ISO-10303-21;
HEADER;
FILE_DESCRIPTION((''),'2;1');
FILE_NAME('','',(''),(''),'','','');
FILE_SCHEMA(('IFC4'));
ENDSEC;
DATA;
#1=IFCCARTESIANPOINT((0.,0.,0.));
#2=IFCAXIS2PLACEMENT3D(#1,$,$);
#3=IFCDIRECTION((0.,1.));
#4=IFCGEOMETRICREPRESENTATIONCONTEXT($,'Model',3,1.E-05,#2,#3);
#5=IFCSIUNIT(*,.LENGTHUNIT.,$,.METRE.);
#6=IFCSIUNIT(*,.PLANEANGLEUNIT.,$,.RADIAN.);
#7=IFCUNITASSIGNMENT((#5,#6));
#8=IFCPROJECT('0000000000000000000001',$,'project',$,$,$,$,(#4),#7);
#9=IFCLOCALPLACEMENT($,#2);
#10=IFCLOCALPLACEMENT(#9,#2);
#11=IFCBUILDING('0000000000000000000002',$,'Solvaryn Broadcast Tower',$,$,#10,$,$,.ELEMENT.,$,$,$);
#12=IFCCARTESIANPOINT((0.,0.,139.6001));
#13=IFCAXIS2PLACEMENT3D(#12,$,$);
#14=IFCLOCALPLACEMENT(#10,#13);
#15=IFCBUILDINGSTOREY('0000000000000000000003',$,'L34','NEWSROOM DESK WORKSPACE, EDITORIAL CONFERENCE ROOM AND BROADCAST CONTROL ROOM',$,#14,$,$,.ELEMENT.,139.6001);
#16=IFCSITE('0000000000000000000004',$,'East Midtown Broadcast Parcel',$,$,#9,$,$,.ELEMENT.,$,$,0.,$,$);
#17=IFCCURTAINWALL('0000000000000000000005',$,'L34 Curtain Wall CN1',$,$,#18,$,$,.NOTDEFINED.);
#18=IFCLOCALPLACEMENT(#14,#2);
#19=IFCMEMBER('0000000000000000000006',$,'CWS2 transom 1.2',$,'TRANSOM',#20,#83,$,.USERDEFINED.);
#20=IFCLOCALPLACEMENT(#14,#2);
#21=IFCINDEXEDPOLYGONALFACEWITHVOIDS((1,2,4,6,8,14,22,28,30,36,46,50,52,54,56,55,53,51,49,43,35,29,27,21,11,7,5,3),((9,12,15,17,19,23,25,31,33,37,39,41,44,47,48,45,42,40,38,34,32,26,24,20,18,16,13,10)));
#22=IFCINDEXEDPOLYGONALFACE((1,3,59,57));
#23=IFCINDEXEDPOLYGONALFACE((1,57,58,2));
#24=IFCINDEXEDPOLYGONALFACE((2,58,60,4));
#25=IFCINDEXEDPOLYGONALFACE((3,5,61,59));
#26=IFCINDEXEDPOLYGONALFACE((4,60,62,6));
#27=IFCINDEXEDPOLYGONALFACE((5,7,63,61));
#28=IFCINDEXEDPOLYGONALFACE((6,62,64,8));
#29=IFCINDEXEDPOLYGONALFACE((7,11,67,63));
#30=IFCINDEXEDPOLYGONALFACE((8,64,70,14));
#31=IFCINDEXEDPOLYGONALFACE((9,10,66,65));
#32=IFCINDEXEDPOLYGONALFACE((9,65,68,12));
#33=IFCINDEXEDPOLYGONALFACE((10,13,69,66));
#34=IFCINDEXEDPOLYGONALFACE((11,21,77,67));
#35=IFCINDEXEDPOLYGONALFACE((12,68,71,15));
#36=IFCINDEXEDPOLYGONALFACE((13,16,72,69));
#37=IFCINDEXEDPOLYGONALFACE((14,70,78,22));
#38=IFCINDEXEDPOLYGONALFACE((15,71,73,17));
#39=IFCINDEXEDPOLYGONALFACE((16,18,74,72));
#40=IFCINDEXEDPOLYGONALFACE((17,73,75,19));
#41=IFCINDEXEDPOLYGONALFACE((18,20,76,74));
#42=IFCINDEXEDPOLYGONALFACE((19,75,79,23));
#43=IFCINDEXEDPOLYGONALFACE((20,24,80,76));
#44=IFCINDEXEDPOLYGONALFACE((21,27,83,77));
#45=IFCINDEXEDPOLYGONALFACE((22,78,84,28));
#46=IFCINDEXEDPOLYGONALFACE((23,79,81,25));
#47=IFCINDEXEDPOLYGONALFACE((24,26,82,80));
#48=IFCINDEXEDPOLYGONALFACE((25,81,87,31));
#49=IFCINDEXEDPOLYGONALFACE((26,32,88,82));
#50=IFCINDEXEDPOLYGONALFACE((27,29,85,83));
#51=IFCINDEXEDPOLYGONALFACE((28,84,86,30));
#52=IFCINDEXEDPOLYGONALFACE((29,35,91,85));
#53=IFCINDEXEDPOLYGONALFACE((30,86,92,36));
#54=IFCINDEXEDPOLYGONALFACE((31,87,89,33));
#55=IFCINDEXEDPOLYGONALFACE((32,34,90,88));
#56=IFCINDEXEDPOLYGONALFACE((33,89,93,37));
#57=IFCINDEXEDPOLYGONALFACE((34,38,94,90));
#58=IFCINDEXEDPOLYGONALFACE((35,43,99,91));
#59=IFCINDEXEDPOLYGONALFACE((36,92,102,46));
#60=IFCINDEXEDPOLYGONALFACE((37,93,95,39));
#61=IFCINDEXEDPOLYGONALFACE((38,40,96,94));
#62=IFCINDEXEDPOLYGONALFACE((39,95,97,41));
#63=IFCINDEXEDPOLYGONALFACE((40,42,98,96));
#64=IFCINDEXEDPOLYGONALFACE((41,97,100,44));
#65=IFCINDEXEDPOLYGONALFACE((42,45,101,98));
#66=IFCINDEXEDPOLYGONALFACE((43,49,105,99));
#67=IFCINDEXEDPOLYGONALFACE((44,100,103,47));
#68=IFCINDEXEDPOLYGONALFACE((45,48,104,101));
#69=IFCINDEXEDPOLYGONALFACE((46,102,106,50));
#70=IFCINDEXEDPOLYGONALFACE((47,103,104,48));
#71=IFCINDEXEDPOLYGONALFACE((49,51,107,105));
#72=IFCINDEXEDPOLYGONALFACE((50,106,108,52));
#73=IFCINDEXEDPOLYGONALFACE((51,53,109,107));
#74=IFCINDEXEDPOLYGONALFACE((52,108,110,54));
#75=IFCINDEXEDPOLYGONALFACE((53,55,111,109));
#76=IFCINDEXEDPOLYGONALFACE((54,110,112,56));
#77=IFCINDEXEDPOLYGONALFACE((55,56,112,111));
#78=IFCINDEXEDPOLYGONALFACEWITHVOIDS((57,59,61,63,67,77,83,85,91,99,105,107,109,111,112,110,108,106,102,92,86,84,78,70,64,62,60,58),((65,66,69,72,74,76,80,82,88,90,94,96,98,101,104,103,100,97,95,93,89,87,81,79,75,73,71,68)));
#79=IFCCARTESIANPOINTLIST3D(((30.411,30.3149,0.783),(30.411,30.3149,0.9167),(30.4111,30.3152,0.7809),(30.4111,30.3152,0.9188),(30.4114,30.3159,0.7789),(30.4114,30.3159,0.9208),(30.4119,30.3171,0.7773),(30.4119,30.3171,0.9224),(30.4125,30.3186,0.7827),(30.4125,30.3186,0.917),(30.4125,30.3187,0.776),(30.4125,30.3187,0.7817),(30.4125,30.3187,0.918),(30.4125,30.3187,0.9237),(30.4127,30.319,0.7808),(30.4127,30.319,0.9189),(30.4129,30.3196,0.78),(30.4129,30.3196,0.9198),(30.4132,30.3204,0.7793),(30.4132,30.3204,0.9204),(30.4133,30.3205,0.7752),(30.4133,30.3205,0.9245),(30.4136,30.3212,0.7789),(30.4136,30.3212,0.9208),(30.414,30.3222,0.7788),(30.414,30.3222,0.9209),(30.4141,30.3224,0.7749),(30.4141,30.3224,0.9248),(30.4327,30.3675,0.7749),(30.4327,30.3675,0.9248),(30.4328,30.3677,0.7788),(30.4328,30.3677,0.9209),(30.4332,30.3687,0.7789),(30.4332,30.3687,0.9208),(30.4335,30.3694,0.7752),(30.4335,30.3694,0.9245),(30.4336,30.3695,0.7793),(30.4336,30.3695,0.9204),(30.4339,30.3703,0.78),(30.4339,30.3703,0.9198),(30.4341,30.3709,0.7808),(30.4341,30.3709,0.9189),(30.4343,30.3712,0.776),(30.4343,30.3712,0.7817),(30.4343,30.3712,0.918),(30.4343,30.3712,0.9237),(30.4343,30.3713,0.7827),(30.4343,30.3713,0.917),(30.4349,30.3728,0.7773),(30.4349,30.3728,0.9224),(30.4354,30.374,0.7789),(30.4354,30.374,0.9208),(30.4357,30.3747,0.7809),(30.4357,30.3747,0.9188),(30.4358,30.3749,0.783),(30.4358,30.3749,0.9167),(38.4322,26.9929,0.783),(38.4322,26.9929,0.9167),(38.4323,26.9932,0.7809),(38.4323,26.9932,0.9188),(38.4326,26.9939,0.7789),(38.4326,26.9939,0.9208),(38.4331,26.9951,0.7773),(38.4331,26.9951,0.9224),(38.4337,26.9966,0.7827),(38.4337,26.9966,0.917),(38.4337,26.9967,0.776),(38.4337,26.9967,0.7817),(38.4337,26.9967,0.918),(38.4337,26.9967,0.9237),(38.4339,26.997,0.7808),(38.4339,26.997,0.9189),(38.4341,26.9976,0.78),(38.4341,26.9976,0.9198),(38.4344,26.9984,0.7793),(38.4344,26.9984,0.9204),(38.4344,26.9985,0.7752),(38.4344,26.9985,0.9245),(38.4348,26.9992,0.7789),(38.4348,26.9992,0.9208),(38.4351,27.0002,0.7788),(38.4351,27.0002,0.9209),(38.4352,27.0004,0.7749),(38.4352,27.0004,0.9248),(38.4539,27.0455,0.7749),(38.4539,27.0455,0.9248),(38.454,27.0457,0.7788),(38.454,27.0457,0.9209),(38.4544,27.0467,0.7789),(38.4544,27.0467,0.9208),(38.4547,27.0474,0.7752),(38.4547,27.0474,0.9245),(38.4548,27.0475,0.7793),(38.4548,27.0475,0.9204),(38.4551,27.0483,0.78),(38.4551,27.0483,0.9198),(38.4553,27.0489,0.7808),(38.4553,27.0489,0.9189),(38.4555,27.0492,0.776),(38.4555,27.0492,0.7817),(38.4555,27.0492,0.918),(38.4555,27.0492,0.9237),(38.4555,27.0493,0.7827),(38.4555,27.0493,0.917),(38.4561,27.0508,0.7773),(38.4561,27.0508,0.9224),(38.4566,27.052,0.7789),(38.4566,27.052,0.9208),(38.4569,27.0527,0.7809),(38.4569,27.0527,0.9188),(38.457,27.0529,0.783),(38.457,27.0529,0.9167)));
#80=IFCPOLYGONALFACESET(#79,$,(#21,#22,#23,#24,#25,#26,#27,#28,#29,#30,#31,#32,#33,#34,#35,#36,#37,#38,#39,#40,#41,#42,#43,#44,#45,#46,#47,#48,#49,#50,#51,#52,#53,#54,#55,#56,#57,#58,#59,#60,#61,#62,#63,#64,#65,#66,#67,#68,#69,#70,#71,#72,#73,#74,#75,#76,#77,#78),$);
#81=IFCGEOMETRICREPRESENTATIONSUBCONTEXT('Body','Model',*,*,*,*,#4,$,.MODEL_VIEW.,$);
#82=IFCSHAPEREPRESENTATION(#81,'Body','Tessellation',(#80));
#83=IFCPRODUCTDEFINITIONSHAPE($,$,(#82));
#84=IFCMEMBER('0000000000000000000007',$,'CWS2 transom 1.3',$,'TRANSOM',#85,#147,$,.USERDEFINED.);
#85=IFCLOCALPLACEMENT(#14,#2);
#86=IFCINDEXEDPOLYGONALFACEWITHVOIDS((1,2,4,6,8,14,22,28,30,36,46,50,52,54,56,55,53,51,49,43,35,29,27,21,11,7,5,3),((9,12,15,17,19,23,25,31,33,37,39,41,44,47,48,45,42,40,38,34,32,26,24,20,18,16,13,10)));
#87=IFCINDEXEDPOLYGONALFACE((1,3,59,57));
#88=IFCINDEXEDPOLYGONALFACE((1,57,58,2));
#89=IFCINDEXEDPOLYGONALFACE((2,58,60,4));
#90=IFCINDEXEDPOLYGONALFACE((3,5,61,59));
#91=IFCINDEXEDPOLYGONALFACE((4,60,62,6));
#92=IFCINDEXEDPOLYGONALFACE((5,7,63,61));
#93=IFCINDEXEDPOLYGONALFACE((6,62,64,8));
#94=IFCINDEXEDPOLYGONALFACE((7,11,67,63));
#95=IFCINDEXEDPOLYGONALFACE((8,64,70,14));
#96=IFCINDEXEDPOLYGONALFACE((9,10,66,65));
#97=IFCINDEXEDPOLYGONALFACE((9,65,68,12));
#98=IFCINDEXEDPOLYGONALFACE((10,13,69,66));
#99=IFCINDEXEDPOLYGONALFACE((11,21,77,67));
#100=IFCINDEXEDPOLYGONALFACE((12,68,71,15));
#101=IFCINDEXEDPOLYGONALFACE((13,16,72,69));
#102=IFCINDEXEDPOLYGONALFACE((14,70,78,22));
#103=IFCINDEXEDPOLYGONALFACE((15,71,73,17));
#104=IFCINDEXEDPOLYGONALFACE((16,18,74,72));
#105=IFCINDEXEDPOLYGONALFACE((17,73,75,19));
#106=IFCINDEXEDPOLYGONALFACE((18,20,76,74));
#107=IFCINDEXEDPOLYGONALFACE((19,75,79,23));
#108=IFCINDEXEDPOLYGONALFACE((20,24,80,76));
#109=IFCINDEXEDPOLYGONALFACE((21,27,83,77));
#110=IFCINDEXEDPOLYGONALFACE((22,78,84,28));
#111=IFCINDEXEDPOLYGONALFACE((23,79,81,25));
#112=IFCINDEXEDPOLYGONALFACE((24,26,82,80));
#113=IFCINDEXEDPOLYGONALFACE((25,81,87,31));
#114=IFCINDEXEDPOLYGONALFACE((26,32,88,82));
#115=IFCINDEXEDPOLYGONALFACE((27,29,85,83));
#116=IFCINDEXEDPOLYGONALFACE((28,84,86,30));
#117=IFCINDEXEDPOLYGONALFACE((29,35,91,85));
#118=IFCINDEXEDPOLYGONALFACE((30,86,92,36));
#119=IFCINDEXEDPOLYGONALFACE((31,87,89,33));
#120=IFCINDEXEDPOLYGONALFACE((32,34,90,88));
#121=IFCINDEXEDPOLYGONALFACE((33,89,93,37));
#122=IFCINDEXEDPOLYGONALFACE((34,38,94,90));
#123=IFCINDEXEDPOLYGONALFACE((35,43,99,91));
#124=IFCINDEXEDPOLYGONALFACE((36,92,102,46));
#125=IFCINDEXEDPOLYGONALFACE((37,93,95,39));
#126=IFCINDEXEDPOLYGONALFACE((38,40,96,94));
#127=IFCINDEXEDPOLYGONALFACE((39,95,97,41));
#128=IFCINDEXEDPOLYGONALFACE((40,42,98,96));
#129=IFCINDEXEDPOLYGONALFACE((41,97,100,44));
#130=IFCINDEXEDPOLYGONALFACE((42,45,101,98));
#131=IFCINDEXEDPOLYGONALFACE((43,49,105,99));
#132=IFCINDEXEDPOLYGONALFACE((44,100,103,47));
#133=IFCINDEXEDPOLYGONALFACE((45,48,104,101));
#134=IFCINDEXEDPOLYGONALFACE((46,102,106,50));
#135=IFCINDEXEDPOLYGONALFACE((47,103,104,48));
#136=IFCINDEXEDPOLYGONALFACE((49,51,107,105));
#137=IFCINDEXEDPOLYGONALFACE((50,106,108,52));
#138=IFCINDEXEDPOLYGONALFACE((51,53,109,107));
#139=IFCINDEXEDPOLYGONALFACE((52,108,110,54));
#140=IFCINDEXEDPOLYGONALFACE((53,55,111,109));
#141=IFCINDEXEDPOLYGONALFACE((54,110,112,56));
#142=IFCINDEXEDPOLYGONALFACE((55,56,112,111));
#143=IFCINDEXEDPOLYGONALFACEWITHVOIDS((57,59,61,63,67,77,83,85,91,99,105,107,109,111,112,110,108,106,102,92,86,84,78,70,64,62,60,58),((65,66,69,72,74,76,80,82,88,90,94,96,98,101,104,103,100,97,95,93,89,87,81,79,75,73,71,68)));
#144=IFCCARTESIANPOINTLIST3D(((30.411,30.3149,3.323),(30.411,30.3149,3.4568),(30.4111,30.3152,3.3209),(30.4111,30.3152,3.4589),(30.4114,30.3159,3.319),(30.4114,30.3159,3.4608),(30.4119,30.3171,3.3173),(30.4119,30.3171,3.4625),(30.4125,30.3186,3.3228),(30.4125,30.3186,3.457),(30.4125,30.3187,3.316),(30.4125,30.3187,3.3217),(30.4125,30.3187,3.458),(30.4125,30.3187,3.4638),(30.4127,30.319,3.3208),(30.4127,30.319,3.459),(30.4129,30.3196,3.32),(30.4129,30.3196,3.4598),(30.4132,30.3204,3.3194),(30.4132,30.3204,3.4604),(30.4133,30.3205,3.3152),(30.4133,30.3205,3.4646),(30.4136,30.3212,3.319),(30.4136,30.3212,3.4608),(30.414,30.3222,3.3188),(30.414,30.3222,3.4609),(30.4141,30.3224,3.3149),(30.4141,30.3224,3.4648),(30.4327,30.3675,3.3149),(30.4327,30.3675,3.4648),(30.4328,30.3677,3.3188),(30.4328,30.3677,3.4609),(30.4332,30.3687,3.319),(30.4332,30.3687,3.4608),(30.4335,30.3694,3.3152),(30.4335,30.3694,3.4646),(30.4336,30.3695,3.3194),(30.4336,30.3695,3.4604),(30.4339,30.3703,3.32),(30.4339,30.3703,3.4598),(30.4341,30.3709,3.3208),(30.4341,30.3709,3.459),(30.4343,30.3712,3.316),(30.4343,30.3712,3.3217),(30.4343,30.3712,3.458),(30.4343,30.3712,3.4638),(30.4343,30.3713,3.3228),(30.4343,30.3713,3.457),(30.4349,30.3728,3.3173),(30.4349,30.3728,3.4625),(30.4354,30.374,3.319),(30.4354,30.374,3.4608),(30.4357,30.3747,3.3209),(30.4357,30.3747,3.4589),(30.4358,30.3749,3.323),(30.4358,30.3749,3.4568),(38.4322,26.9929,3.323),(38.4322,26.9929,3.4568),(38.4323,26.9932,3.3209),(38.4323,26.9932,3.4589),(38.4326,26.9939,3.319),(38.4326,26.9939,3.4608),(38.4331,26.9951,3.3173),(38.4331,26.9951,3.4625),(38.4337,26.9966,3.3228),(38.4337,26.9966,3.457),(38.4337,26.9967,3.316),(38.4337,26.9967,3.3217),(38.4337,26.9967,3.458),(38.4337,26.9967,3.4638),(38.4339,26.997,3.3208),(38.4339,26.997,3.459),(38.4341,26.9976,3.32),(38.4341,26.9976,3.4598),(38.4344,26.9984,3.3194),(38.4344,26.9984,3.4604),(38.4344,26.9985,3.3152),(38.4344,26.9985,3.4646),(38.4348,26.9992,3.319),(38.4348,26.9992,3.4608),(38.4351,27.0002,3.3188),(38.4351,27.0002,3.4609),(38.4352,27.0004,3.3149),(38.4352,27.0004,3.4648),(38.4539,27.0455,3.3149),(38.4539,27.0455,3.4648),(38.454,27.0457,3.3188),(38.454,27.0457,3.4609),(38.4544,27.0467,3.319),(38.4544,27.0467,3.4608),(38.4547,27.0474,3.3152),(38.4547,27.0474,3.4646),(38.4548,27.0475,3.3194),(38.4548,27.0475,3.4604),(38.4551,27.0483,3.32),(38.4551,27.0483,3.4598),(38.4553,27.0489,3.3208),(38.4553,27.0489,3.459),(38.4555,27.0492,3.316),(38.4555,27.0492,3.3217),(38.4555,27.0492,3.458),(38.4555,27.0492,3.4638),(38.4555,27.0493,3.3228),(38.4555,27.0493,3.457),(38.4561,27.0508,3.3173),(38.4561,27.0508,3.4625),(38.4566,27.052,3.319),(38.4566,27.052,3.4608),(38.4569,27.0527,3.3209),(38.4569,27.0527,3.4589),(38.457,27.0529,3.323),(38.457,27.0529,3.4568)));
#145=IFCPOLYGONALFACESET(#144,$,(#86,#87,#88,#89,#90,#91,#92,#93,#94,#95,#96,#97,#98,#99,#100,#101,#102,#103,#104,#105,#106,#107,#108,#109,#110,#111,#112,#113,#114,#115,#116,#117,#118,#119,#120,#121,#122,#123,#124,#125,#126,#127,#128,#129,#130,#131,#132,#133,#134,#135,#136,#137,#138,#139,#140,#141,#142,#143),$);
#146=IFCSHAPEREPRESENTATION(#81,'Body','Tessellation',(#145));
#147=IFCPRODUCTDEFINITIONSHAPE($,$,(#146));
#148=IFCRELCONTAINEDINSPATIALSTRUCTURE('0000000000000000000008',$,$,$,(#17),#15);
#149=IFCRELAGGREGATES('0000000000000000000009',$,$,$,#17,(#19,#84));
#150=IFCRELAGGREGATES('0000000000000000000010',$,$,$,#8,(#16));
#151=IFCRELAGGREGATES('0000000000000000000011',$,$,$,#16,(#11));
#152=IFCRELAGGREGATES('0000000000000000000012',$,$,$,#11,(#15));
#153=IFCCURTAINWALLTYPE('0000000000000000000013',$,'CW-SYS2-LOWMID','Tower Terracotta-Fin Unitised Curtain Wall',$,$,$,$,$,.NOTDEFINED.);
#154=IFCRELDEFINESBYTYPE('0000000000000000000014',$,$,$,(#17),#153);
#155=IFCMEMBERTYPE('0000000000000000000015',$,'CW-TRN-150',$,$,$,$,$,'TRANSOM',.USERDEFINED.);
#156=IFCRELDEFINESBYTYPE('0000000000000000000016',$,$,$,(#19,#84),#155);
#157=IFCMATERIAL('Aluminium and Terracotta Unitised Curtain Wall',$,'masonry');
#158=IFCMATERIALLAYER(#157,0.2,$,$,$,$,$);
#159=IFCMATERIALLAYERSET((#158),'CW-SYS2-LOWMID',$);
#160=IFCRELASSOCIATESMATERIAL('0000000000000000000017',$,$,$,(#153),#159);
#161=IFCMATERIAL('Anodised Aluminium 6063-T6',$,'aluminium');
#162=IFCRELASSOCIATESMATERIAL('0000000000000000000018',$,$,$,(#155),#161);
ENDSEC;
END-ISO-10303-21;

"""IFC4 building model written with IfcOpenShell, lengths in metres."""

from ifc_helpers import new_model, si_unit, direction, frame, origin, origin_2d, place, context, subcontext, project, spatial, hollow_rectangle, extrude, material, layer, layer_set, material_profile, profile_set, type_object, element, aggregate, save


model = new_model("IFC4")

# Units and contexts
model_context = context("Model", 3, precision=1e-05, world=origin(), true_north=direction((0.0, 1.0)))
body_context = subcontext(model_context, "Body", "Model", "MODEL_VIEW")
ifc_project = project(units=[si_unit("LENGTHUNIT", "METRE"), si_unit("PLANEANGLEUNIT", "RADIAN")], contexts=[model_context])

# Site, building, storey
site_placement = place(None, origin())
site = spatial("IfcSite", under=ifc_project, at=site_placement, Name="East Midtown Broadcast Parcel", CompositionType="ELEMENT", RefElevation=0.0)
building_placement = place(site_placement, origin())
building = spatial("IfcBuilding", under=site, at=building_placement, Name="Solvaryn Broadcast Tower", CompositionType="ELEMENT")
storey_placement = place(building_placement, frame((0.0, 0.0, 139.6001)))
storey = spatial("IfcBuildingStorey", under=building, at=storey_placement, Name="L34", Description="NEWSROOM DESK WORKSPACE, EDITORIAL CONFERENCE ROOM AND BROADCAST CONTROL ROOM", CompositionType="ELEMENT", Elevation=139.6001)

# Curtain wall
ifc_material_1 = material(Name="Aluminium and Terracotta Unitised Curtain Wall", Category="masonry")
ifc_layer_1 = layer(ifc_material_1, 0.2)
ifc_layer_set_1 = layer_set([ifc_layer_1], Name="CW-SYS2-LOWMID")
curtain_wall_type = type_object("IfcCurtainWallType", Name="CW-SYS2-LOWMID", Description="Tower Terracotta-Fin Unitised Curtain Wall", PredefinedType="NOTDEFINED", material=ifc_layer_set_1)
curtain_wall_1_placement = place(storey_placement, origin())
curtain_wall_1 = element("IfcCurtainWall", 1, at=curtain_wall_1_placement, inside=storey, type_object=curtain_wall_type, Name="L34 Curtain Wall CN1", PredefinedType="NOTDEFINED")

# Members
ifc_material_2 = material(Name="Anodised Aluminium 6063-T6", Category="aluminium")
ifc_material_profile_1 = material_profile(ifc_material_2, hollow_rectangle(XDim=0.0649, YDim=0.1499, WallThickness=0.0039, InnerFilletRadius=0.0039, OuterFilletRadius=0.0081, at=origin_2d()))
ifc_profile_set_1 = profile_set([ifc_material_profile_1], Name="Anodised Aluminium 6063-T6")
member_type_1 = type_object("IfcMemberType", Name="CW-TRN-150", ElementType="TRANSOM", PredefinedType="USERDEFINED", material=ifc_profile_set_1)
member_1_placement = place(storey_placement, frame((38.4446, 27.0229, 0.8499), z_axis=(-0.923899, 0.382636, 0.0), x_axis=(-0.382636, -0.923899, 0.0)))
member_1 = element("IfcMember", 2, at=member_1_placement, type_object=member_type_1, Name="CWS2 transom 1.2", ObjectType="TRANSOM", PredefinedType="USERDEFINED", context=body_context, shape_type="SweptSolid", body=[
    extrude(hollow_rectangle(XDim=0.0649, YDim=0.1499, WallThickness=0.0039, InnerFilletRadius=0.0039, OuterFilletRadius=0.0081, at=origin_2d()), origin(), (0.0, 0.0, 1.0), 8.6819),
])
member_2_placement = place(storey_placement, frame((38.4446, 27.0229, 3.3899), z_axis=(-0.923899, 0.382636, 0.0), x_axis=(-0.382636, -0.923899, 0.0)))
member_2 = element("IfcMember", 3, at=member_2_placement, type_object=member_type_1, Name="CWS2 transom 1.3", ObjectType="TRANSOM", PredefinedType="USERDEFINED", context=body_context, shape_type="SweptSolid", body=[
    extrude(hollow_rectangle(XDim=0.0649, YDim=0.1499, WallThickness=0.0039, InnerFilletRadius=0.0039, OuterFilletRadius=0.0081, at=origin_2d()), origin(), (0.0, 0.0, 1.0), 8.6819),
])
aggregate(curtain_wall_1, [member_1, member_2])

save(model, "model.ifc")
